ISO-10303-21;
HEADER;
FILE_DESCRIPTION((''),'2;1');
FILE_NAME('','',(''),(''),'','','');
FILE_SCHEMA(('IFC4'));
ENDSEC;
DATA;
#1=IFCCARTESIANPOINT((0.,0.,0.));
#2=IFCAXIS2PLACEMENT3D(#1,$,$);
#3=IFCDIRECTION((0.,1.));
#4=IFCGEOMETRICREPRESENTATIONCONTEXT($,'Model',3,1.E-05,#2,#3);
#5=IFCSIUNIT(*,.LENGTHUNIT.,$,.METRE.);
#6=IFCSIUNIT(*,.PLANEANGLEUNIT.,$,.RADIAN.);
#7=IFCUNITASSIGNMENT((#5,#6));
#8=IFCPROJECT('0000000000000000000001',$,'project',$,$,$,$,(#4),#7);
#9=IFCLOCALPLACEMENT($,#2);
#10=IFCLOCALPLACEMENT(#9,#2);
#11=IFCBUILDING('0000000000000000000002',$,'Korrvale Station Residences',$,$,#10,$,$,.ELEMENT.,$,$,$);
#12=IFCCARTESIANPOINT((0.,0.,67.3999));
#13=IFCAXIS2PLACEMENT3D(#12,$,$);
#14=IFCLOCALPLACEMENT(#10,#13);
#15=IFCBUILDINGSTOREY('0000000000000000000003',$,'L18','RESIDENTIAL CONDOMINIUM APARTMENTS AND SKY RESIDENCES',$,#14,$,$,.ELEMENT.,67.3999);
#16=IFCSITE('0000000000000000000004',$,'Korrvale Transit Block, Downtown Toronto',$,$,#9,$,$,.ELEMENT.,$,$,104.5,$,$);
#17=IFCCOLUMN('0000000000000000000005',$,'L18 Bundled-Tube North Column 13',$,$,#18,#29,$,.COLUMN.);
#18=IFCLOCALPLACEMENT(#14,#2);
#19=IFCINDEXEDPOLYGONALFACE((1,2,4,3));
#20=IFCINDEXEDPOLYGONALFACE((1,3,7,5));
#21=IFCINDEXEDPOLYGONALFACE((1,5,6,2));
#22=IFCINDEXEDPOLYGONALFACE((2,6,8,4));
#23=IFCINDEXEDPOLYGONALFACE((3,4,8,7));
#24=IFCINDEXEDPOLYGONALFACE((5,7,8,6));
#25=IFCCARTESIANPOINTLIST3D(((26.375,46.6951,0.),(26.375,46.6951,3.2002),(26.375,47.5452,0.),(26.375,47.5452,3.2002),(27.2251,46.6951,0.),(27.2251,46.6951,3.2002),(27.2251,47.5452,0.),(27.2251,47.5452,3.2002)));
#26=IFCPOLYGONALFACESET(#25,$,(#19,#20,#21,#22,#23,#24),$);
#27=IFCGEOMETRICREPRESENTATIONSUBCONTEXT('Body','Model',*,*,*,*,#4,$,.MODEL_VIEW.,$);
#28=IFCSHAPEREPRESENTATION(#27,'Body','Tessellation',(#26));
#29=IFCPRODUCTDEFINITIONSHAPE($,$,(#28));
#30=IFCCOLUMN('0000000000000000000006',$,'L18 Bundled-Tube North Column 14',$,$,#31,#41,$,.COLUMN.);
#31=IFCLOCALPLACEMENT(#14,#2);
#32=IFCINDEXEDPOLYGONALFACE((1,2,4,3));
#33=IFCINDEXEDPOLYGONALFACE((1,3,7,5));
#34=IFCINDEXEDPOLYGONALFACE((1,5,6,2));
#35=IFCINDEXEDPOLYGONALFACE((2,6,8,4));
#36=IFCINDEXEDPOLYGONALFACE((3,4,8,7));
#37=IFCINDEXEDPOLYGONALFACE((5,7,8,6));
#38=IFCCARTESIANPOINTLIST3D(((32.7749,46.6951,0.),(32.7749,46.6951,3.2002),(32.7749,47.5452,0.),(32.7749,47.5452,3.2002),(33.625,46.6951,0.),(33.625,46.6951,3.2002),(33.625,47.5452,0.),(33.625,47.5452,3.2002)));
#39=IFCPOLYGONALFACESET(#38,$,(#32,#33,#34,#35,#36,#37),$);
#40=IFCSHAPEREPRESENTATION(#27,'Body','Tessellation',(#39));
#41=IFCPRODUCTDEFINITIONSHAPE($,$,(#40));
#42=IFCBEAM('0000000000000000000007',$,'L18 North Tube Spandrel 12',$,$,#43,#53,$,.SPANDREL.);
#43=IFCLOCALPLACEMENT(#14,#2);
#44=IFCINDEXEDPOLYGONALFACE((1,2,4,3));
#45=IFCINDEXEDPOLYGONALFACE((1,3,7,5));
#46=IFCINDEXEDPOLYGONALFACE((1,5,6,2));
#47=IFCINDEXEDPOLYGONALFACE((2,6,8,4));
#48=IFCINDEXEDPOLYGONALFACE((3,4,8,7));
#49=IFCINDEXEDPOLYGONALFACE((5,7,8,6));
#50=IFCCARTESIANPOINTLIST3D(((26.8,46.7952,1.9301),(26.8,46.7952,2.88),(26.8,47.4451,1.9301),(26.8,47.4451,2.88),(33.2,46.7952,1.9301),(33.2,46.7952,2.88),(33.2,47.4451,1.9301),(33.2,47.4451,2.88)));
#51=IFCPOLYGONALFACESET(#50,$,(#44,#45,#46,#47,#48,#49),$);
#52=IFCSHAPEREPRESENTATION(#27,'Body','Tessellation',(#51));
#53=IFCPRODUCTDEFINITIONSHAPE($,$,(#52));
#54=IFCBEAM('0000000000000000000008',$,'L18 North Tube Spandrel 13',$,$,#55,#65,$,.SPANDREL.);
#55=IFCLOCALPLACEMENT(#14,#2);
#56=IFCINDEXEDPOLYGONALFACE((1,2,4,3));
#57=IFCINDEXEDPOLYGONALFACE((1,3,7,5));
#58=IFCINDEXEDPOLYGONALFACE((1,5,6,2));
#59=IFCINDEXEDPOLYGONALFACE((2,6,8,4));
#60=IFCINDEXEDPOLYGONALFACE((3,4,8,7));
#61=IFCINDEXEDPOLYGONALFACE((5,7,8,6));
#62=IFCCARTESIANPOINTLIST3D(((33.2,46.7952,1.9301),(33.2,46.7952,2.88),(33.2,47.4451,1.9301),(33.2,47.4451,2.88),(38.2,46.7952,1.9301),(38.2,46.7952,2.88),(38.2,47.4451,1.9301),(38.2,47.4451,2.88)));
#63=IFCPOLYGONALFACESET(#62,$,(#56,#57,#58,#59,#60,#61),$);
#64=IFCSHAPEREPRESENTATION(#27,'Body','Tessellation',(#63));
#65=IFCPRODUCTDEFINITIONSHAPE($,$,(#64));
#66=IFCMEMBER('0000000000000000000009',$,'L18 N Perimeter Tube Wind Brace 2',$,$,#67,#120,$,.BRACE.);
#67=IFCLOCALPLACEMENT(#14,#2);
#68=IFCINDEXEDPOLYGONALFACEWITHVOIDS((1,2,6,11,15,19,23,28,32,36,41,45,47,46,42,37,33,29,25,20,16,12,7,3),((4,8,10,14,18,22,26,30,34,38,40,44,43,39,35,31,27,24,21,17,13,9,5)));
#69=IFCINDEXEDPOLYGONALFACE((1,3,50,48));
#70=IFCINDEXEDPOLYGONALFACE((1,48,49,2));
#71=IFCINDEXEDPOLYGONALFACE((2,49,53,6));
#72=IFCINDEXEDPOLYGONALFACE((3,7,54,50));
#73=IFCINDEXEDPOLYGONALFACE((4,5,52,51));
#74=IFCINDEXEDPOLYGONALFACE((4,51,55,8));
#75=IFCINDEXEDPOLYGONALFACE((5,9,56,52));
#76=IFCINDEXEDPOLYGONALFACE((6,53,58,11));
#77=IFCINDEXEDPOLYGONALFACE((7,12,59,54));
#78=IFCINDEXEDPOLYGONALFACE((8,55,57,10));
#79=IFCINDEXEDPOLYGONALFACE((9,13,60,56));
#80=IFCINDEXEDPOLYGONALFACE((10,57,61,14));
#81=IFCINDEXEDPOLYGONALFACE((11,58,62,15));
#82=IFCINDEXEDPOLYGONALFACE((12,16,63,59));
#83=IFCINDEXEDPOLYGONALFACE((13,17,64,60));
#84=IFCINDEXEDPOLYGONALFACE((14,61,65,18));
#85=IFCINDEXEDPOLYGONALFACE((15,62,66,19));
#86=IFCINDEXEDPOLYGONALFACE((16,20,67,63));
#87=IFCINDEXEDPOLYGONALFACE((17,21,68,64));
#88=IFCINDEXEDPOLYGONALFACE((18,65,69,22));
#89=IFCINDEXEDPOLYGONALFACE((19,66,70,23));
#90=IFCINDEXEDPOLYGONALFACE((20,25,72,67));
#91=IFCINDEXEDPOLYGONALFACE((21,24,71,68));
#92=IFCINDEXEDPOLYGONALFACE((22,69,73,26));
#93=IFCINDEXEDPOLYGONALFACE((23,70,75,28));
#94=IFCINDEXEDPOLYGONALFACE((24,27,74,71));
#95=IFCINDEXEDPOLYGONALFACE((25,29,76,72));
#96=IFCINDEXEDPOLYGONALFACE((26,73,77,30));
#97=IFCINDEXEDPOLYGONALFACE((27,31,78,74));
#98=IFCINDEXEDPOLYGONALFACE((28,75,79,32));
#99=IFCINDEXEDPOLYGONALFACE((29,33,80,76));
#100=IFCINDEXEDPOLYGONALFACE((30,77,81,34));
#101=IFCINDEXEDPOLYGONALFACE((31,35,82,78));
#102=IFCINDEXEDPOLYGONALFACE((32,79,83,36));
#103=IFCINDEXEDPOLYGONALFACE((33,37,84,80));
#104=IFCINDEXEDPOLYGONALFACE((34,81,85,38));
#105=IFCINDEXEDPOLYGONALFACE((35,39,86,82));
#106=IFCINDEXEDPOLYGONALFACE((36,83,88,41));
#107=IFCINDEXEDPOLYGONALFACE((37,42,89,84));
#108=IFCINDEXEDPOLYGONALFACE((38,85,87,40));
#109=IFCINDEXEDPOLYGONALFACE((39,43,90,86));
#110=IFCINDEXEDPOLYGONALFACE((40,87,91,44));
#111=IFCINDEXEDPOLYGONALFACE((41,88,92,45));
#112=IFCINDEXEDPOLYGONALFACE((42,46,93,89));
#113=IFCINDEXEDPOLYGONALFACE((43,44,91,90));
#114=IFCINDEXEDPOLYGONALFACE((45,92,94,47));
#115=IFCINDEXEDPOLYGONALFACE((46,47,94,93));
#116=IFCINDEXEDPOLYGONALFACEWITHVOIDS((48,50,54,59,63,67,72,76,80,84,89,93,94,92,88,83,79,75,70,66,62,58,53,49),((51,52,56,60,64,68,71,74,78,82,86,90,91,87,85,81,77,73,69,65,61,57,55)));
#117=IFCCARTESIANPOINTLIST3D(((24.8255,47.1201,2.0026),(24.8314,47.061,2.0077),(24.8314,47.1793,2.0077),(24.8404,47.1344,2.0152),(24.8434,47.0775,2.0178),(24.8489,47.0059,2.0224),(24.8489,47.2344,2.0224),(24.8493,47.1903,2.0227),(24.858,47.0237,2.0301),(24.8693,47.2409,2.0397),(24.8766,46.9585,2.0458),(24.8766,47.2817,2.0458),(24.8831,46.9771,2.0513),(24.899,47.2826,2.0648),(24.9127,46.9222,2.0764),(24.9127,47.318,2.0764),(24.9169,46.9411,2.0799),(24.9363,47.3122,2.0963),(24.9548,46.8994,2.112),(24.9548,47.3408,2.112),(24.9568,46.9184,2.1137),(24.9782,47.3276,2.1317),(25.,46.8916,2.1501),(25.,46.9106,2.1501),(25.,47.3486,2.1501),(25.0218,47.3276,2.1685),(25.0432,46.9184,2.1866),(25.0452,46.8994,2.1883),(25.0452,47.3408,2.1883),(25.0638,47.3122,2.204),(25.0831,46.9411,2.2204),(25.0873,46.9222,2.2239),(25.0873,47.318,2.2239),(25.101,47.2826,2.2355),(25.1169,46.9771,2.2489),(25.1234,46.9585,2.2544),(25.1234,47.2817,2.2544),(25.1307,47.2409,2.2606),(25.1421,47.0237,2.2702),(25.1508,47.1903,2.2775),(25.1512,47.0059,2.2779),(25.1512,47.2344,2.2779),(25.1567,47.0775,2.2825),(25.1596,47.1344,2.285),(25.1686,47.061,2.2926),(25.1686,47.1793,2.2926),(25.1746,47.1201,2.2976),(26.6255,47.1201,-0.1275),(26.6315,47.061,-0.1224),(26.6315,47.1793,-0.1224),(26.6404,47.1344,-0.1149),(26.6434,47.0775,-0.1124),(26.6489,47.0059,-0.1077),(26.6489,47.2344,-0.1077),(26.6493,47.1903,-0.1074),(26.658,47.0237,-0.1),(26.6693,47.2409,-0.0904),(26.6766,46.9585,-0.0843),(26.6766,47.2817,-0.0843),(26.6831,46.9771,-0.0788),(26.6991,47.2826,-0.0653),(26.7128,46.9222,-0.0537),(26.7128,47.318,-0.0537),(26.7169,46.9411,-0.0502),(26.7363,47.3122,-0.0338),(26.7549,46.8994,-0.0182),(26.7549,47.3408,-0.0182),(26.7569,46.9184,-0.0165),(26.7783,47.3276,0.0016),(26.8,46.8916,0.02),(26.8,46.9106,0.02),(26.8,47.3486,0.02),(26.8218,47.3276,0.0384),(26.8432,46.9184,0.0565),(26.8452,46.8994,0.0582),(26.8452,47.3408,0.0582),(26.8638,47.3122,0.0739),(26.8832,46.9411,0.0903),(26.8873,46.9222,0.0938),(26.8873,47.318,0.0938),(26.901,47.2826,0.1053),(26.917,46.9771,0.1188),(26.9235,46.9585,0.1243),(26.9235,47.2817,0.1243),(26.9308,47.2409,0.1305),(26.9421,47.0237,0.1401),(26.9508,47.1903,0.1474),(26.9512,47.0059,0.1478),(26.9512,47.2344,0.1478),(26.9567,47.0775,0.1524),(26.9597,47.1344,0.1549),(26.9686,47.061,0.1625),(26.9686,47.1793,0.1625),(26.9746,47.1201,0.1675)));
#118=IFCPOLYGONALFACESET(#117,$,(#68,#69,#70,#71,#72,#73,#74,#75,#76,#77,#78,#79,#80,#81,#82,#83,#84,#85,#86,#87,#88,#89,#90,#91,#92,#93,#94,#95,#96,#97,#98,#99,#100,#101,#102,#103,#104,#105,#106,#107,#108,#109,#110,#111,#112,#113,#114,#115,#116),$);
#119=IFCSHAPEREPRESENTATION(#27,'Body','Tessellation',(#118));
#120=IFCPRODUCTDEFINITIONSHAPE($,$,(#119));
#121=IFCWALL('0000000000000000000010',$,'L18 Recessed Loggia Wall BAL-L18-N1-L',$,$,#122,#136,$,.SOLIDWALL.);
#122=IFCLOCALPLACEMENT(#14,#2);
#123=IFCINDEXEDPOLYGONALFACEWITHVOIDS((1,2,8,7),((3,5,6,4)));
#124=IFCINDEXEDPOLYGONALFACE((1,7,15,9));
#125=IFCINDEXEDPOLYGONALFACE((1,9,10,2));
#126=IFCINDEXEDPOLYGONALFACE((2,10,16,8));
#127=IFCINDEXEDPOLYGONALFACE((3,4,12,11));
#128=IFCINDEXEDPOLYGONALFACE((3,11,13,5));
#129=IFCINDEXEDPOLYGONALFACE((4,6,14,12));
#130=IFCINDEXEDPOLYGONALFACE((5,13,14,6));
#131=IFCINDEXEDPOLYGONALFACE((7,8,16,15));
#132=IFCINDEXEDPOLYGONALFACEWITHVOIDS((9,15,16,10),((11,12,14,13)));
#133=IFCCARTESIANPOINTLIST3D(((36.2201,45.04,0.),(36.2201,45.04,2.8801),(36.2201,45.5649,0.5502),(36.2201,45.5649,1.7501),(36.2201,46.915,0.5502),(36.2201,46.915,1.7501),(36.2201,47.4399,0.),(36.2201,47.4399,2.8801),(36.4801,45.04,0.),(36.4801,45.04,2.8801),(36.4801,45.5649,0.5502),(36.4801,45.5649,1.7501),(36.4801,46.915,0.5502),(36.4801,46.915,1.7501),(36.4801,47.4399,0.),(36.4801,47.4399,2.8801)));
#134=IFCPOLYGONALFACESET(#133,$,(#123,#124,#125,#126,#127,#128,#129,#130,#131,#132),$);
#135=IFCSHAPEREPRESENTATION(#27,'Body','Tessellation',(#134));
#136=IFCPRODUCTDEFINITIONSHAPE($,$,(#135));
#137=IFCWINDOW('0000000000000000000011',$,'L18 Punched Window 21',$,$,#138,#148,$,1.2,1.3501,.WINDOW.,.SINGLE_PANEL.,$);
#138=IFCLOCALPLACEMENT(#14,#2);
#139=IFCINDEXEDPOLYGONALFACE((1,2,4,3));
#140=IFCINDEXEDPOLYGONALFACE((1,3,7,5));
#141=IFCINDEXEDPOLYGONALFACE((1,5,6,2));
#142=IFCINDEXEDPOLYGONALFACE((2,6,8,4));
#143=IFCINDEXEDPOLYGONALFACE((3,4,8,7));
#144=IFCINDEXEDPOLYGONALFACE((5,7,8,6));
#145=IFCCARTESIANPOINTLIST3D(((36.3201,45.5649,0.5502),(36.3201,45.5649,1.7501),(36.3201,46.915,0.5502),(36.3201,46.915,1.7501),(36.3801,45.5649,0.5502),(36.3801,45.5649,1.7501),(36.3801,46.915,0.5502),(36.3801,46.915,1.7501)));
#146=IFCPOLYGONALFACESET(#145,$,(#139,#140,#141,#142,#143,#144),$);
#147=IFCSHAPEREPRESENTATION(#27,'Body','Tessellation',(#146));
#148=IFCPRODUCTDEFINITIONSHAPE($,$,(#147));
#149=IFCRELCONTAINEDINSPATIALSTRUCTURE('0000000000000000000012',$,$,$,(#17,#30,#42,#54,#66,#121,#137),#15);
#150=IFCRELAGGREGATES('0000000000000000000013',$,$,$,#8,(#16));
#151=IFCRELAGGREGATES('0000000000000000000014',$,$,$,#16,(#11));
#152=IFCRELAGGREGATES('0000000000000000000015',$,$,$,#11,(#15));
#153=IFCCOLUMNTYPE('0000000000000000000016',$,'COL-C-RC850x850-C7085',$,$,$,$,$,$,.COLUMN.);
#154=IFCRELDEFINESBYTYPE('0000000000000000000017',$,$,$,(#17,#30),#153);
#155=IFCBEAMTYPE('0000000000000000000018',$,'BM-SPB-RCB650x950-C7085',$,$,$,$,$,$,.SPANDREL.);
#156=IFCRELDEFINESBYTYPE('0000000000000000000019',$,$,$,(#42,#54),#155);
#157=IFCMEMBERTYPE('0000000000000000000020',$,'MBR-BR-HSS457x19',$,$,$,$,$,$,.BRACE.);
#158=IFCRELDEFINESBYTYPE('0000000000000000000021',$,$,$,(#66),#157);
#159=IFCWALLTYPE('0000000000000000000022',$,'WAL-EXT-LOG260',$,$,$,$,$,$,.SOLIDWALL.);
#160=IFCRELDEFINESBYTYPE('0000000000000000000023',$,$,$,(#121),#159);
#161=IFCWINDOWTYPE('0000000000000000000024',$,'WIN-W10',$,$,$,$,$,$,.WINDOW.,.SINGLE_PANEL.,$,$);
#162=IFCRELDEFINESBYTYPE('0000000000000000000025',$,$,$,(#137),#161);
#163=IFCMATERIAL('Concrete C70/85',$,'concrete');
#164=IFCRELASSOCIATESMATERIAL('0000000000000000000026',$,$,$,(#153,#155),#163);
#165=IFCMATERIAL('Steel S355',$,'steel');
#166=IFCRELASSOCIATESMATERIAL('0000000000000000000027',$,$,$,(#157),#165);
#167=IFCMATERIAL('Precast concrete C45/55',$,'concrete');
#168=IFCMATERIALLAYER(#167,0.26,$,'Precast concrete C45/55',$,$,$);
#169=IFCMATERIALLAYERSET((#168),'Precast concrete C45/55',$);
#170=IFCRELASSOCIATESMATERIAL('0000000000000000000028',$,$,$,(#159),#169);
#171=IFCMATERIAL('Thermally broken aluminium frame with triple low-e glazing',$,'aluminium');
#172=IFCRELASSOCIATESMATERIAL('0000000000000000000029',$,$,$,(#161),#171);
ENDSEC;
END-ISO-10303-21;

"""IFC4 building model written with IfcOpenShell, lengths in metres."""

from ifc_helpers import new_model, si_unit, direction, frame, frame_2d, origin, origin_2d, place, context, subcontext, project, spatial, rectangle, hollow_circle, extrude, material, layer, layer_set, material_profile, profile_set, type_object, element, fill, save


model = new_model("IFC4")

# Units and contexts
model_context = context("Model", 3, precision=1e-05, world=origin(), true_north=direction((0.0, 1.0)))
body_context = subcontext(model_context, "Body", "Model", "MODEL_VIEW")
ifc_project = project(units=[si_unit("LENGTHUNIT", "METRE"), si_unit("PLANEANGLEUNIT", "RADIAN")], contexts=[model_context])

# Site, building, storey
site_placement = place(None, origin())
site = spatial("IfcSite", under=ifc_project, at=site_placement, Name="Korrvale Transit Block, Downtown Toronto", CompositionType="ELEMENT", RefElevation=104.5)
building_placement = place(site_placement, origin())
building = spatial("IfcBuilding", under=site, at=building_placement, Name="Korrvale Station Residences", CompositionType="ELEMENT")
storey_placement = place(building_placement, frame((0.0, 0.0, 67.3999)))
storey = spatial("IfcBuildingStorey", under=building, at=storey_placement, Name="L18", Description="RESIDENTIAL CONDOMINIUM APARTMENTS AND SKY RESIDENCES", CompositionType="ELEMENT", Elevation=67.3999)

# Columns
ifc_material_1 = material(Name="Concrete C70/85", Category="concrete")
ifc_material_profile_1 = material_profile(ifc_material_1, rectangle(XDim=0.8501, YDim=0.8501, at=origin_2d()), Name="RC850x850")
ifc_profile_set_1 = profile_set([ifc_material_profile_1], Name="Concrete C70/85")
column_type = type_object("IfcColumnType", Name="COL-C-RC850x850-C7085", PredefinedType="COLUMN", material=ifc_profile_set_1)
for number, where, z_axis, x_axis, name in (
    (1, (26.8, 47.1201, 0.0), (0.0, 0.0, 1.0), (1.0, 0.0, 0.0), "L18 Bundled-Tube North Column 13"),
    (2, (33.2, 47.1201, 0.0), (0.0, 0.0, 1.0), (1.0, 0.0, 0.0), "L18 Bundled-Tube North Column 14"),
):
    element("IfcColumn", number, at=place(storey_placement, frame(where, z_axis=z_axis, x_axis=x_axis)), inside=storey, type_object=column_type, Name=name, PredefinedType="COLUMN", context=body_context, shape_type="SweptSolid", body=[
        extrude(rectangle(XDim=0.8501, YDim=0.8501, at=origin_2d()), origin(), (0.0, 0.0, 1.0), 3.2002),
    ])

# Beams
ifc_material_profile_2 = material_profile(ifc_material_1, rectangle(XDim=0.6499, YDim=0.95, at=origin_2d()), Name="RCB650x950")
ifc_profile_set_2 = profile_set([ifc_material_profile_2], Name="Concrete C70/85")
beam_type = type_object("IfcBeamType", Name="BM-SPB-RCB650x950-C7085", PredefinedType="SPANDREL", material=ifc_profile_set_2)
beam_1_placement = place(storey_placement, frame((26.8, 47.1201, 2.405), z_axis=(1.0, 0.0, 0.0), x_axis=(0.0, 1.0, 0.0)))
element("IfcBeam", 3, at=beam_1_placement, inside=storey, type_object=beam_type, Name="L18 North Tube Spandrel 12", PredefinedType="SPANDREL", context=body_context, shape_type="SweptSolid", body=[
    extrude(rectangle(XDim=0.6499, YDim=0.95, at=origin_2d()), origin(), (0.0, 0.0, 1.0), 6.3999),
])
beam_2_placement = place(storey_placement, frame((33.2, 47.1201, 2.405), z_axis=(1.0, 0.0, 0.0), x_axis=(0.0, 1.0, 0.0)))
element("IfcBeam", 4, at=beam_2_placement, inside=storey, type_object=beam_type, Name="L18 North Tube Spandrel 13", PredefinedType="SPANDREL", context=body_context, shape_type="SweptSolid", body=[
    extrude(rectangle(XDim=0.6499, YDim=0.95, at=origin_2d()), origin(), (0.0, 0.0, 1.0), 5.0),
])

# Member
ifc_material_2 = material(Name="Steel S355", Category="steel")
ifc_material_profile_3 = material_profile(ifc_material_2, hollow_circle(Radius=0.2285, WallThickness=0.019, at=origin_2d()), Name="HSS457x19")
ifc_profile_set_3 = profile_set([ifc_material_profile_3], Name="Steel S355")
member_type = type_object("IfcMemberType", Name="MBR-BR-HSS457x19", PredefinedType="BRACE", material=ifc_profile_set_3)
member_placement = place(storey_placement, frame((26.8, 47.1201, 0.02), z_axis=(-0.645448, 0.0, 0.763805), x_axis=(0.0, -1.0, 0.0)))
element("IfcMember", 5, at=member_placement, inside=storey, type_object=member_type, Name="L18 N Perimeter Tube Wind Brace 2", PredefinedType="BRACE", context=body_context, shape_type="SweptSolid", body=[
    extrude(hollow_circle(Radius=0.2285, WallThickness=0.019, at=origin_2d()), origin(), (0.0, 0.0, 1.0), 2.7888),
])

# Wall, opening, window
ifc_material_3 = material(Name="Precast concrete C45/55", Category="concrete")
ifc_layer_1 = layer(ifc_material_3, 0.26, Name="Precast concrete C45/55")
ifc_layer_set_1 = layer_set([ifc_layer_1], Name="Precast concrete C45/55")
wall_type = type_object("IfcWallType", Name="WAL-EXT-LOG260", PredefinedType="SOLIDWALL", material=ifc_layer_set_1)
wall_1_placement = place(storey_placement, frame((36.3501, 47.4399, 0.0), z_axis=(0.0, 0.0, 1.0), x_axis=(0.0, -1.0, 0.0)))
wall_1 = element("IfcWall", 6, at=wall_1_placement, inside=storey, type_object=wall_type, Name="L18 Recessed Loggia Wall BAL-L18-N1-L", PredefinedType="SOLIDWALL", context=body_context, shape_type="SweptSolid", body=[
    extrude(rectangle(XDim=2.3999, YDim=0.26, at=frame_2d((1.2, 0.0))), origin(), (0.0, 0.0, 1.0), 2.8801),
])
opening_1_placement = place(wall_1_placement, frame((0.5249, 0.0, 0.55)))
opening_1 = element("IfcOpeningElement", 7, at=opening_1_placement, cuts=wall_1, PredefinedType="OPENING", context=body_context, shape_type="SweptSolid", body=[
    extrude(rectangle(XDim=1.3501, YDim=1.2, at=frame_2d((0.675, 0.6001))), frame((0.0, 0.1401, 0.0), z_axis=(0.0, -1.0, 0.0), x_axis=(1.0, 0.0, 0.0)), (0.0, 0.0, 1.0), 0.28),
])
ifc_material_4 = material(Name="Thermally broken aluminium frame with triple low-e glazing", Category="aluminium")
window_type_1 = type_object("IfcWindowType", Name="WIN-W10", PartitioningType="SINGLE_PANEL", PredefinedType="WINDOW", material=ifc_material_4)
window_1_placement = place(opening_1_placement, origin())
window_1 = element("IfcWindow", 8, at=window_1_placement, inside=storey, type_object=window_type_1, Name="L18 Punched Window 21", OverallHeight=1.2, OverallWidth=1.3501, PartitioningType="SINGLE_PANEL", PredefinedType="WINDOW", context=body_context, shape_type="SweptSolid", body=[
    extrude(rectangle(XDim=1.3501, YDim=1.2, at=frame_2d((0.675, 0.6001))), frame((0.0, 0.03, 0.0), z_axis=(0.0, -1.0, 0.0), x_axis=(1.0, 0.0, 0.0)), (0.0, 0.0, 1.0), 0.0601),
])
fill(opening_1, window_1)

save(model, "model.ifc")
